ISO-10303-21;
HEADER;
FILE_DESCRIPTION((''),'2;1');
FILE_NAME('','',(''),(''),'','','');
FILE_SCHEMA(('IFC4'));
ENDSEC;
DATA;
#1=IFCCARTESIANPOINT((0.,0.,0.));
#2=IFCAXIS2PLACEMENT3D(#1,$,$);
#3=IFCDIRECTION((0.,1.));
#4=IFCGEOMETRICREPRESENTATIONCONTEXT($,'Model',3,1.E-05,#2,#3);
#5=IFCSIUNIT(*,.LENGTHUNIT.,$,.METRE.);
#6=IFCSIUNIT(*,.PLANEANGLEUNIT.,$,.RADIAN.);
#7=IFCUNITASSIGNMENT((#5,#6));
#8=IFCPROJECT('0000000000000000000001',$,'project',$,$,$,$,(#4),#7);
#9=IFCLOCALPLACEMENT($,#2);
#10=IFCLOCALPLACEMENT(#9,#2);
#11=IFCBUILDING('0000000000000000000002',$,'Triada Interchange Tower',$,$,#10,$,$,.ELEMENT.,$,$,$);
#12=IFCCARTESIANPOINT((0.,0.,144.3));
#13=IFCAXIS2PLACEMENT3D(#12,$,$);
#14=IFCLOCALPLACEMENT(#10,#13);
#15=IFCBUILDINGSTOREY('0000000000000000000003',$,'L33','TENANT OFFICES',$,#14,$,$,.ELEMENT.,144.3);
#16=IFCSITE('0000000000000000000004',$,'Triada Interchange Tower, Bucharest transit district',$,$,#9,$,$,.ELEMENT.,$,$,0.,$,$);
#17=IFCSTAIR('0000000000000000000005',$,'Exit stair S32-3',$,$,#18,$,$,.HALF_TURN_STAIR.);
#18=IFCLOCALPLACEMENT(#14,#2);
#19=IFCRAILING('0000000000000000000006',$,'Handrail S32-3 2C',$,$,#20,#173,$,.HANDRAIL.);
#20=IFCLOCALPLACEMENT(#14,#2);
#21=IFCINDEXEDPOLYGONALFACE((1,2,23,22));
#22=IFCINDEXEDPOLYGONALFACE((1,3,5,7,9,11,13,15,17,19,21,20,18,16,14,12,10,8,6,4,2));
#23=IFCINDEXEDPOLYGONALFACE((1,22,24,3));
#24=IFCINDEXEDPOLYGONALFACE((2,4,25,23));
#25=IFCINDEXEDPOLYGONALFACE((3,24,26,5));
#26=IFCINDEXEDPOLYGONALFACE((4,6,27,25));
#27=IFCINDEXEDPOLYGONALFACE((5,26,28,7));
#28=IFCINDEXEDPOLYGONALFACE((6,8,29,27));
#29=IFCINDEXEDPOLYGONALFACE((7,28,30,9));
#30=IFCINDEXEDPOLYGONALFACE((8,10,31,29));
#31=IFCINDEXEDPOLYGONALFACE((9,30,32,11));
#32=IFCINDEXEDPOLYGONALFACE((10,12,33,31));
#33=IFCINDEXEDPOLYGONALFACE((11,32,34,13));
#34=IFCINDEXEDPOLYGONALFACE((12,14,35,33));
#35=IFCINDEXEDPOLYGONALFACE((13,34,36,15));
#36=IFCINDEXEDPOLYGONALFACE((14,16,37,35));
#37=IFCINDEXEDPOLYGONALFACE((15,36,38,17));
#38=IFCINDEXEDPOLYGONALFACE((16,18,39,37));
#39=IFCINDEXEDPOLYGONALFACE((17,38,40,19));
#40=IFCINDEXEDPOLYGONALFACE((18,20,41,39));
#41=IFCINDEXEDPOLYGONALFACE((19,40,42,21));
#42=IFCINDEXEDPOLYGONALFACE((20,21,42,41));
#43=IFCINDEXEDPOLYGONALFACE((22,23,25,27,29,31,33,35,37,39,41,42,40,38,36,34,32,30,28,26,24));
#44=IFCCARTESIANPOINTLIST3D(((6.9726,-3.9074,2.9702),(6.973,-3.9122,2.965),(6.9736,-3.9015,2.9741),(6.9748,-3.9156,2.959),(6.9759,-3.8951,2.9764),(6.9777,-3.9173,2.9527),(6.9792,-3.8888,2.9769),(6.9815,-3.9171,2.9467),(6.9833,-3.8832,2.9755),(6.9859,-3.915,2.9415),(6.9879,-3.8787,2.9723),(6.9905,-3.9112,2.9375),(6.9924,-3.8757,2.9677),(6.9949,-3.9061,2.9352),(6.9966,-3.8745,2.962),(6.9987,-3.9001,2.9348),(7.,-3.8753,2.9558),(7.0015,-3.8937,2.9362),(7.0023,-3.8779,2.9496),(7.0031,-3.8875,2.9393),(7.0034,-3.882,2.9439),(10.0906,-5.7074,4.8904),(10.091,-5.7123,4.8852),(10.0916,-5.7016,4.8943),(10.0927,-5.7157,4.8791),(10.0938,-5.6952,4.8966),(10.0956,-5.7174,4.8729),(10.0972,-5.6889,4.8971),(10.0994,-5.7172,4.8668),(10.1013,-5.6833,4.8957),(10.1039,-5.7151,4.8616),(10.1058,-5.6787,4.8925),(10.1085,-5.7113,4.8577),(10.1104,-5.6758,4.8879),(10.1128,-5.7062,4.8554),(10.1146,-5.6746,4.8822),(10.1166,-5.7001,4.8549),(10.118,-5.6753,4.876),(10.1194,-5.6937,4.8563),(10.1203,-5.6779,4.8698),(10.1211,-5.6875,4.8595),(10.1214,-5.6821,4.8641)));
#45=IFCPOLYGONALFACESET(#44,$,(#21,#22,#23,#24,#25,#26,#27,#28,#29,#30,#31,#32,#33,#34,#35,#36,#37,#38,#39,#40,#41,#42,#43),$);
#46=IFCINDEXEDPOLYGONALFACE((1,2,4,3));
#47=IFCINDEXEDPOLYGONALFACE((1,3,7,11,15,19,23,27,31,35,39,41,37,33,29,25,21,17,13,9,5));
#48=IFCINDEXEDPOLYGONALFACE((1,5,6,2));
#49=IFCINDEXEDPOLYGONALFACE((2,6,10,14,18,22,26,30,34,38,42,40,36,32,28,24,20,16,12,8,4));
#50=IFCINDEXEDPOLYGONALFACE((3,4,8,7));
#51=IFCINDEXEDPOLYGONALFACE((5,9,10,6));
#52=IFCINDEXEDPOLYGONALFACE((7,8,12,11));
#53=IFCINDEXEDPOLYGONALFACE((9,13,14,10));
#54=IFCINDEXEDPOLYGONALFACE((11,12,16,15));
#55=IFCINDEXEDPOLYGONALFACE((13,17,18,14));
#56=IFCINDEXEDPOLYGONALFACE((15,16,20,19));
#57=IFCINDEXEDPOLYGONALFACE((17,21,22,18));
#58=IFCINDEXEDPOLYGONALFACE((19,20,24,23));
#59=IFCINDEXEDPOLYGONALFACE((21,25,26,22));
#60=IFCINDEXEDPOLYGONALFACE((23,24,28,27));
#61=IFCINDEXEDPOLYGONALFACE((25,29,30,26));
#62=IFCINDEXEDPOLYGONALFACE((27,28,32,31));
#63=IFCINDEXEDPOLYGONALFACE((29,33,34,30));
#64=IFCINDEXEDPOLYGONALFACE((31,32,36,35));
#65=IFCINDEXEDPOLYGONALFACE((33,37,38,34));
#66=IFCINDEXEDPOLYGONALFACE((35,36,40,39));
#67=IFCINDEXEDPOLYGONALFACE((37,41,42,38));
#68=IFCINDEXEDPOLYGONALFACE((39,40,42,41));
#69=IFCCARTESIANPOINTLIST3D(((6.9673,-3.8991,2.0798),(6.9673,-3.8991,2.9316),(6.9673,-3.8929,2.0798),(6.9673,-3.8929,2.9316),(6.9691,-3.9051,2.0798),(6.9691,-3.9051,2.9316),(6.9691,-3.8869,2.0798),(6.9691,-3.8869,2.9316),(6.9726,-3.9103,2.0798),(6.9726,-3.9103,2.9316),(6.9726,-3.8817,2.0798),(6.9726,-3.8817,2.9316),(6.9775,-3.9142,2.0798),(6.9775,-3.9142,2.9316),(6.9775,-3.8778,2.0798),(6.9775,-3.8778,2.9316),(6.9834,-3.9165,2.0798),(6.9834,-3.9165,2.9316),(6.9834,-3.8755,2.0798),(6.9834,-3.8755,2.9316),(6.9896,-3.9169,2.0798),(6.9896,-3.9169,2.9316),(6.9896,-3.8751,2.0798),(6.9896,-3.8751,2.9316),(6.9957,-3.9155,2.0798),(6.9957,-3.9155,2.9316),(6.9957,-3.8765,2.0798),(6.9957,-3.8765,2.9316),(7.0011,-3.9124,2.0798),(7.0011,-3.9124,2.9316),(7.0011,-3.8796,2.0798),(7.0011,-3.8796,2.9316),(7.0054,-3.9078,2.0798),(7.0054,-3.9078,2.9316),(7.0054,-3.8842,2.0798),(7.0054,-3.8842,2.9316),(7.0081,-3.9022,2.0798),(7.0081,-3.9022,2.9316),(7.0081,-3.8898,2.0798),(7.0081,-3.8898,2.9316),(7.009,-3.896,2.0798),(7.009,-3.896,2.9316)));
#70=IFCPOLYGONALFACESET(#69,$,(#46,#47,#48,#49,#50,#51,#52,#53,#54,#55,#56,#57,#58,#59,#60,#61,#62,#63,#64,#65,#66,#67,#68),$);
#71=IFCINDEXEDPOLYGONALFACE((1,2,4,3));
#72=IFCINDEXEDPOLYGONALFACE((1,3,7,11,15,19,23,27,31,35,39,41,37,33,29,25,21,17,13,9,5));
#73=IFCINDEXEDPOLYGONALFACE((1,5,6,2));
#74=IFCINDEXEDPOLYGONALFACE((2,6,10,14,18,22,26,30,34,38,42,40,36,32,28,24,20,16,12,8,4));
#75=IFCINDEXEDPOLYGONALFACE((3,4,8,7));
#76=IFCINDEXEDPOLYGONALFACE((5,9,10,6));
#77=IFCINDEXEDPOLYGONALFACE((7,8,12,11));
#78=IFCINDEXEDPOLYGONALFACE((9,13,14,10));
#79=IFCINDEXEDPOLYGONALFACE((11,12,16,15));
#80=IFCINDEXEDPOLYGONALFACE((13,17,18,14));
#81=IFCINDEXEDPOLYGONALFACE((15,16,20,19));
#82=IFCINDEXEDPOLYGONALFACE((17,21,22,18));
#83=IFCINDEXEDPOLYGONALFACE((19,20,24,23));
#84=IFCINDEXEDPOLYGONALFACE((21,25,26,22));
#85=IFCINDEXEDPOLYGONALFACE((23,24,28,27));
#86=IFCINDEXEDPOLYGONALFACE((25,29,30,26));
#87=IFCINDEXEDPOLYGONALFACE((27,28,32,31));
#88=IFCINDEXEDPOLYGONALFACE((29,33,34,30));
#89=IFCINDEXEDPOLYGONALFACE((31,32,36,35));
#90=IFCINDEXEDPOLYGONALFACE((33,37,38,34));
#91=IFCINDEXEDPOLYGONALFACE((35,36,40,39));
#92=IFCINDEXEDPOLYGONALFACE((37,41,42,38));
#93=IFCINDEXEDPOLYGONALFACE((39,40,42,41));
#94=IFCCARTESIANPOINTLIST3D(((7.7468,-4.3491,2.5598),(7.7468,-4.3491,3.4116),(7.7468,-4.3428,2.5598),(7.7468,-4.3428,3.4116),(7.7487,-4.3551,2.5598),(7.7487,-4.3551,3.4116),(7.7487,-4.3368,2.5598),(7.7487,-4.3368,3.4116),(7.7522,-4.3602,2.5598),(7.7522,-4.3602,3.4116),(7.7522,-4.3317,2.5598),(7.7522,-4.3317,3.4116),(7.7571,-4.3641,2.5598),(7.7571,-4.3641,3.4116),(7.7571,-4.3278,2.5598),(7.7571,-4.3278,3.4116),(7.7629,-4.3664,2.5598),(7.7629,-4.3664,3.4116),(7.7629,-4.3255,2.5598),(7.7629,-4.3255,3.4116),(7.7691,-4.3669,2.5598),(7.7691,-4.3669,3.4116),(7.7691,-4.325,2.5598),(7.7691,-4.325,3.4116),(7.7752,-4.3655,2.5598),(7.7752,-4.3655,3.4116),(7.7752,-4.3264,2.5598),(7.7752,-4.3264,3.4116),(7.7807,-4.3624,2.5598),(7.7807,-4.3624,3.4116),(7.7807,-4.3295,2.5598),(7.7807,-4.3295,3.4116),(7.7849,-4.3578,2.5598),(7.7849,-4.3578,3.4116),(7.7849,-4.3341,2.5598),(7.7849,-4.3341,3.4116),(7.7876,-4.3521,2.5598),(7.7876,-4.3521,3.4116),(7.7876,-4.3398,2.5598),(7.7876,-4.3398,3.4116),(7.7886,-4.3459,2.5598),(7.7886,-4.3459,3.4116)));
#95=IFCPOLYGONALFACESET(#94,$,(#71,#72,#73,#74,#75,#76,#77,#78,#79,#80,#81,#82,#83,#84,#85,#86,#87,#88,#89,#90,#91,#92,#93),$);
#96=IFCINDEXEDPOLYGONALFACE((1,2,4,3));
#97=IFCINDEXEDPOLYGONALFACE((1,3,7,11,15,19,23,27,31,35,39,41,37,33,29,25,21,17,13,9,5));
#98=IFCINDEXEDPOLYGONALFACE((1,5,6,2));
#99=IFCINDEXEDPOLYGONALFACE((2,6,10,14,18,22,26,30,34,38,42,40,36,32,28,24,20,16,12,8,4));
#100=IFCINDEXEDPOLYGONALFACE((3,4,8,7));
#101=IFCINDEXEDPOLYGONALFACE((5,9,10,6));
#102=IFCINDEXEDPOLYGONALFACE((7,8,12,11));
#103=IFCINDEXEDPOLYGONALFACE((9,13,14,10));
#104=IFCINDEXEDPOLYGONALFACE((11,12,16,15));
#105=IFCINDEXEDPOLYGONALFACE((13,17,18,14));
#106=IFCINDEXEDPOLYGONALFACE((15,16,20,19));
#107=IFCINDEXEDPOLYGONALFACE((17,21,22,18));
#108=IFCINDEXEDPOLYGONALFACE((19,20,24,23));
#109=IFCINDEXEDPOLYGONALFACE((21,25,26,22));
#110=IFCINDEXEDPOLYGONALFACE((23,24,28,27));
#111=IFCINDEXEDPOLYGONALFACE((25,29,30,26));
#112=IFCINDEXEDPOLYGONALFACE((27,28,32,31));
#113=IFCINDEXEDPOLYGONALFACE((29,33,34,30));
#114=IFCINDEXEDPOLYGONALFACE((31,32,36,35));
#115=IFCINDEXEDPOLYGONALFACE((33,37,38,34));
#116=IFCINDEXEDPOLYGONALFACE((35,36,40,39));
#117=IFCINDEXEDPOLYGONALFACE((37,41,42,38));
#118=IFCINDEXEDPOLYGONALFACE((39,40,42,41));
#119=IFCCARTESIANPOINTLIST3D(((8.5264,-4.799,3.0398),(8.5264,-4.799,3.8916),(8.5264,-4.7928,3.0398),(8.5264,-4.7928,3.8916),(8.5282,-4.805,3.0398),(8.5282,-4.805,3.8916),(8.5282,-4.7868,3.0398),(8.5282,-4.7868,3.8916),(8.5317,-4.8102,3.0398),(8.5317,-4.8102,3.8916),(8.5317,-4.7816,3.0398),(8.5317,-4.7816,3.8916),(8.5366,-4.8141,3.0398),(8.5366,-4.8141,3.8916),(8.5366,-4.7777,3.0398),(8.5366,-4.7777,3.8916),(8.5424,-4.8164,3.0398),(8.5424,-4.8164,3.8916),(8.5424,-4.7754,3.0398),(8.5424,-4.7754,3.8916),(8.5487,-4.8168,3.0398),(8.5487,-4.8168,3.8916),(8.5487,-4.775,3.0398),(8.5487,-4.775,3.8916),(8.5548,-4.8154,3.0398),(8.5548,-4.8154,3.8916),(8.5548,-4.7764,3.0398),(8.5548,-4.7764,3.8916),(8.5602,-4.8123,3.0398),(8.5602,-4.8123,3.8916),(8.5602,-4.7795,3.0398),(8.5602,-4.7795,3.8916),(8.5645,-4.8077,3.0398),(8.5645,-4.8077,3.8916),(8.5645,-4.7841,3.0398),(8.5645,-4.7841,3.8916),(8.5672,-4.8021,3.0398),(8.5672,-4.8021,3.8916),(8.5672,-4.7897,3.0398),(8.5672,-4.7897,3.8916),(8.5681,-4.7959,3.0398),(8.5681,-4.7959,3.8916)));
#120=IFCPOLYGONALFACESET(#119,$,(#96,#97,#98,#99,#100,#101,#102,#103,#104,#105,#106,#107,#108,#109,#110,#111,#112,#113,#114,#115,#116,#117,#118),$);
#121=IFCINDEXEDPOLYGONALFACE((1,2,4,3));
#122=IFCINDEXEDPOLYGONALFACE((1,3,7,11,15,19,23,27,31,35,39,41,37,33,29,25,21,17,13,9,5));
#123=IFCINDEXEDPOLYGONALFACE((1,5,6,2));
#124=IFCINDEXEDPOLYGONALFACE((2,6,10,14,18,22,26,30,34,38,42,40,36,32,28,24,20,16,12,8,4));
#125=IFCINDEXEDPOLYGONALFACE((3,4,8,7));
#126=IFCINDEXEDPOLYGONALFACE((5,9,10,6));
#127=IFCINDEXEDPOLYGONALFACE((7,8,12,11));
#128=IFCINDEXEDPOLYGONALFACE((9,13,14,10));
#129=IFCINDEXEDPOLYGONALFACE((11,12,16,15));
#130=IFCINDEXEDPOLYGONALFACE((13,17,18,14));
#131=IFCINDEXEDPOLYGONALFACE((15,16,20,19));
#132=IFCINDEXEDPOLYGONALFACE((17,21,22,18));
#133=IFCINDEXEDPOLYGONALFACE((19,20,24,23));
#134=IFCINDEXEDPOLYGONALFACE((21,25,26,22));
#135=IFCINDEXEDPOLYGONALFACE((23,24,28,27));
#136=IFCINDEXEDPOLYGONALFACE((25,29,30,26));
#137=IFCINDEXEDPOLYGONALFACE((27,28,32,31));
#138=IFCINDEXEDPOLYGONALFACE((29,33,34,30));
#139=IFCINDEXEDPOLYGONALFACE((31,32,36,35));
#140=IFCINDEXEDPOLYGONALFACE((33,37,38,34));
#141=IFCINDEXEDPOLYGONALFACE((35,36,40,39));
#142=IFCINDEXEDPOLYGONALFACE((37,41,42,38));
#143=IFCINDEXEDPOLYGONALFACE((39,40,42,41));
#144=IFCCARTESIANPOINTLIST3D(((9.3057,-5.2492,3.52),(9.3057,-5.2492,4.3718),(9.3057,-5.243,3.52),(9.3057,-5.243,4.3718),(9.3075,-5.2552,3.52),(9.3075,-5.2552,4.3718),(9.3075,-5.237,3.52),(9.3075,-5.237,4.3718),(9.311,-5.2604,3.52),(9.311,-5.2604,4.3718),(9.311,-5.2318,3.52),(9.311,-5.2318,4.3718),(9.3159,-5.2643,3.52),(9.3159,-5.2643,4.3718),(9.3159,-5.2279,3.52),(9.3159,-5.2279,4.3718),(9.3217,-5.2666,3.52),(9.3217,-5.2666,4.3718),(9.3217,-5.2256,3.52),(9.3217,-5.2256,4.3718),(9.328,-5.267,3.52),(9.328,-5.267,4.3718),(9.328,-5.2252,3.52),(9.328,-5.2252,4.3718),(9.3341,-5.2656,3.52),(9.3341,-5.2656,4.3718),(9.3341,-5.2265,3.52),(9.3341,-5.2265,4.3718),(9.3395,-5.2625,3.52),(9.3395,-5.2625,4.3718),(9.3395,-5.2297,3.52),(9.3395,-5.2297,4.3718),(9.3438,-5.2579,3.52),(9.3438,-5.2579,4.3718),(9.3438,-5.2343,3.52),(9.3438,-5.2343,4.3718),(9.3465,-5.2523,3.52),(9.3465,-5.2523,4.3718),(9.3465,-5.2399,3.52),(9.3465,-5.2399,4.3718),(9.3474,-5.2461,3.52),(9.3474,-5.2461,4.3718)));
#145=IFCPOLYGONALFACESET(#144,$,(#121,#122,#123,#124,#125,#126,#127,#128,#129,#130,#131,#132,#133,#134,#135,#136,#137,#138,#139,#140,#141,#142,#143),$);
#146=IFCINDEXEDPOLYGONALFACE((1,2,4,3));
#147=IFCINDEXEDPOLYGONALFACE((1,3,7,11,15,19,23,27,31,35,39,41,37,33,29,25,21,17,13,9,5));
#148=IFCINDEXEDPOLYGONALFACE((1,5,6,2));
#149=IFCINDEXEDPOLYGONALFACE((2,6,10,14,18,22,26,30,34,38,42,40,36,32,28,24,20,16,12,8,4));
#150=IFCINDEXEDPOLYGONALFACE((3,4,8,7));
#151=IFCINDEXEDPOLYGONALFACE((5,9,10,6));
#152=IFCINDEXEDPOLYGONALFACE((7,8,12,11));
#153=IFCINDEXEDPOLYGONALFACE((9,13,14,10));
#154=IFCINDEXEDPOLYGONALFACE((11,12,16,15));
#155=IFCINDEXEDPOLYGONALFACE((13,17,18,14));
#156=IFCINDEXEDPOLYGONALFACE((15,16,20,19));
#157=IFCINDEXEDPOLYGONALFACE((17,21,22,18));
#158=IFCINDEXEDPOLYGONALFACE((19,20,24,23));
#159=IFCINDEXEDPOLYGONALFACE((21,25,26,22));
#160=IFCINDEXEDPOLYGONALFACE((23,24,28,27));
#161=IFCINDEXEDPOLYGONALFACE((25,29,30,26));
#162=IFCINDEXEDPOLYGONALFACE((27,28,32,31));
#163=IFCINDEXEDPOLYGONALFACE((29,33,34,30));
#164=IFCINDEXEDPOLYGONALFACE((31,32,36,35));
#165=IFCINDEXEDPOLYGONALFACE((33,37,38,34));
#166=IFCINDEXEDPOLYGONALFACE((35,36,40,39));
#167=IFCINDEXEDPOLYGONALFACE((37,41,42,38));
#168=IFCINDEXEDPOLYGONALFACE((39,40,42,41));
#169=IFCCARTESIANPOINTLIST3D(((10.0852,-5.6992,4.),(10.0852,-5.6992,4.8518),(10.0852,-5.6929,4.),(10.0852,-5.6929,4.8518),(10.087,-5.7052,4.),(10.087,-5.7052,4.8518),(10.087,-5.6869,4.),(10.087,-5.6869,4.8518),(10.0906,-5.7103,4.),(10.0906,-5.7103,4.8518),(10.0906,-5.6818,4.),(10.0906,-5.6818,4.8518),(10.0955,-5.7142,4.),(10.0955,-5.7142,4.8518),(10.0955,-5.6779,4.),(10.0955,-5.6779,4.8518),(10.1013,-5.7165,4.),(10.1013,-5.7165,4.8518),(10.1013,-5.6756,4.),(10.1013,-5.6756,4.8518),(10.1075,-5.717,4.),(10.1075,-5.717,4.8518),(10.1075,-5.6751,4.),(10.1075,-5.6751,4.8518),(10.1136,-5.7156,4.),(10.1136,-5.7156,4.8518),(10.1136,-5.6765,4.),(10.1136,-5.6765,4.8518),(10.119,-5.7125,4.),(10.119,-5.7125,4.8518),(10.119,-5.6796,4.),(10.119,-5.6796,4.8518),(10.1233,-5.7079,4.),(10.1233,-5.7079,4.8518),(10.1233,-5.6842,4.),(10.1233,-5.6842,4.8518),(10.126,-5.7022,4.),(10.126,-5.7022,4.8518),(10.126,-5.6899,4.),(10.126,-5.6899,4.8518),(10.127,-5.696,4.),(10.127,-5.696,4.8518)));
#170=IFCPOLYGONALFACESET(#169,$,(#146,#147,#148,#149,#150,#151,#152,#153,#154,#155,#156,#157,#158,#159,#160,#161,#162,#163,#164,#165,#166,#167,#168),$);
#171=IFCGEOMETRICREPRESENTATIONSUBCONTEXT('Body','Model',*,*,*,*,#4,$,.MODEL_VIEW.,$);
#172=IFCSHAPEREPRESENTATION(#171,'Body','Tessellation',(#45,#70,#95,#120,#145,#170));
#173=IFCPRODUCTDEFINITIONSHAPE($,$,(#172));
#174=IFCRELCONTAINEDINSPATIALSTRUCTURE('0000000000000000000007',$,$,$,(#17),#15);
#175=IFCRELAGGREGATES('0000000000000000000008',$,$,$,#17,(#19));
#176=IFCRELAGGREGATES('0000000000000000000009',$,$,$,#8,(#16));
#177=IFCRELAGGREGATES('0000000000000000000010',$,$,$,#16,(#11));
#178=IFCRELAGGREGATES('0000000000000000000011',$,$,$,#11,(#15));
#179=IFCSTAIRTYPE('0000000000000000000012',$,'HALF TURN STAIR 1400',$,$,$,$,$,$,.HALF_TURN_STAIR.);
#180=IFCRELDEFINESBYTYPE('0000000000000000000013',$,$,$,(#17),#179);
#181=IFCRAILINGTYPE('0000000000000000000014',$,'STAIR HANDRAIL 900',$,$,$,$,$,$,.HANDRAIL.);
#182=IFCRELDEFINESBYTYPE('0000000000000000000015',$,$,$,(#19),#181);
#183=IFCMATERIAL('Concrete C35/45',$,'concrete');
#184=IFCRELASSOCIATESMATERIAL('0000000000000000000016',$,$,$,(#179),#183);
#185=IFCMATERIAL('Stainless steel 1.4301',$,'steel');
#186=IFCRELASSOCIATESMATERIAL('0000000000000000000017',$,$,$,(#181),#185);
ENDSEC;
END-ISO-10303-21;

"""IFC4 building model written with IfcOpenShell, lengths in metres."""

from ifc_helpers import new_model, si_unit, direction, frame, origin, origin_2d, place, context, subcontext, project, spatial, circle, extrude, material, type_object, element, aggregate, save


model = new_model("IFC4")

# Units and contexts
model_context = context("Model", 3, precision=1e-05, world=origin(), true_north=direction((0.0, 1.0)))
body_context = subcontext(model_context, "Body", "Model", "MODEL_VIEW")
ifc_project = project(units=[si_unit("LENGTHUNIT", "METRE"), si_unit("PLANEANGLEUNIT", "RADIAN")], contexts=[model_context])

# Site, building, storey
site_placement = place(None, origin())
site = spatial("IfcSite", under=ifc_project, at=site_placement, Name="Triada Interchange Tower, Bucharest transit district", CompositionType="ELEMENT", RefElevation=0.0)
building_placement = place(site_placement, origin())
building = spatial("IfcBuilding", under=site, at=building_placement, Name="Triada Interchange Tower", CompositionType="ELEMENT")
storey_placement = place(building_placement, frame((0.0, 0.0, 144.3)))
storey = spatial("IfcBuildingStorey", under=building, at=storey_placement, Name="L33", Description="TENANT OFFICES", CompositionType="ELEMENT", Elevation=144.3)

# Stair
ifc_material_1 = material(Name="Concrete C35/45", Category="concrete")
stair_type = type_object("IfcStairType", Name="HALF TURN STAIR 1400", PredefinedType="HALF_TURN_STAIR", material=ifc_material_1)
stair_placement = place(storey_placement, origin())
stair = element("IfcStair", 1, at=stair_placement, inside=storey, type_object=stair_type, Name="Exit stair S32-3", PredefinedType="HALF_TURN_STAIR")

# Railing
ifc_material_2 = material(Name="Stainless steel 1.4301", Category="steel")
railing_type = type_object("IfcRailingType", Name="STAIR HANDRAIL 900", PredefinedType="HANDRAIL", material=ifc_material_2)
railing_1_placement = place(storey_placement, frame((6.988, -3.896, 2.0798)))
railing_1 = element("IfcRailing", 2, at=railing_1_placement, type_object=railing_type, Name="Handrail S32-3 2C", PredefinedType="HANDRAIL", context=body_context, shape_type="SweptSolid", body=[
    extrude(circle(Radius=0.0239, at=origin_2d()), frame((0.0, 0.0, 0.876), z_axis=(0.764145, -0.441159, 0.470597), x_axis=(0.499983, 0.866035, 0.0)), (0.0, 0.0, 1.0), 4.0803),
    extrude(circle(Radius=0.021, at=origin_2d()), origin(), (0.0, 0.0, 1.0), 0.8518),
    extrude(circle(Radius=0.021, at=origin_2d()), frame((0.7795, -0.45, 0.48)), (0.0, 0.0, 1.0), 0.8518),
    extrude(circle(Radius=0.021, at=origin_2d()), frame((1.5591, -0.8999, 0.96)), (0.0, 0.0, 1.0), 0.8518),
    extrude(circle(Radius=0.021, at=origin_2d()), frame((2.3384, -1.3501, 1.4402)), (0.0, 0.0, 1.0), 0.8518),
    extrude(circle(Radius=0.021, at=origin_2d()), frame((3.1179, -1.8, 1.9202)), (0.0, 0.0, 1.0), 0.8518),
])
aggregate(stair, [railing_1])

save(model, "model.ifc")
